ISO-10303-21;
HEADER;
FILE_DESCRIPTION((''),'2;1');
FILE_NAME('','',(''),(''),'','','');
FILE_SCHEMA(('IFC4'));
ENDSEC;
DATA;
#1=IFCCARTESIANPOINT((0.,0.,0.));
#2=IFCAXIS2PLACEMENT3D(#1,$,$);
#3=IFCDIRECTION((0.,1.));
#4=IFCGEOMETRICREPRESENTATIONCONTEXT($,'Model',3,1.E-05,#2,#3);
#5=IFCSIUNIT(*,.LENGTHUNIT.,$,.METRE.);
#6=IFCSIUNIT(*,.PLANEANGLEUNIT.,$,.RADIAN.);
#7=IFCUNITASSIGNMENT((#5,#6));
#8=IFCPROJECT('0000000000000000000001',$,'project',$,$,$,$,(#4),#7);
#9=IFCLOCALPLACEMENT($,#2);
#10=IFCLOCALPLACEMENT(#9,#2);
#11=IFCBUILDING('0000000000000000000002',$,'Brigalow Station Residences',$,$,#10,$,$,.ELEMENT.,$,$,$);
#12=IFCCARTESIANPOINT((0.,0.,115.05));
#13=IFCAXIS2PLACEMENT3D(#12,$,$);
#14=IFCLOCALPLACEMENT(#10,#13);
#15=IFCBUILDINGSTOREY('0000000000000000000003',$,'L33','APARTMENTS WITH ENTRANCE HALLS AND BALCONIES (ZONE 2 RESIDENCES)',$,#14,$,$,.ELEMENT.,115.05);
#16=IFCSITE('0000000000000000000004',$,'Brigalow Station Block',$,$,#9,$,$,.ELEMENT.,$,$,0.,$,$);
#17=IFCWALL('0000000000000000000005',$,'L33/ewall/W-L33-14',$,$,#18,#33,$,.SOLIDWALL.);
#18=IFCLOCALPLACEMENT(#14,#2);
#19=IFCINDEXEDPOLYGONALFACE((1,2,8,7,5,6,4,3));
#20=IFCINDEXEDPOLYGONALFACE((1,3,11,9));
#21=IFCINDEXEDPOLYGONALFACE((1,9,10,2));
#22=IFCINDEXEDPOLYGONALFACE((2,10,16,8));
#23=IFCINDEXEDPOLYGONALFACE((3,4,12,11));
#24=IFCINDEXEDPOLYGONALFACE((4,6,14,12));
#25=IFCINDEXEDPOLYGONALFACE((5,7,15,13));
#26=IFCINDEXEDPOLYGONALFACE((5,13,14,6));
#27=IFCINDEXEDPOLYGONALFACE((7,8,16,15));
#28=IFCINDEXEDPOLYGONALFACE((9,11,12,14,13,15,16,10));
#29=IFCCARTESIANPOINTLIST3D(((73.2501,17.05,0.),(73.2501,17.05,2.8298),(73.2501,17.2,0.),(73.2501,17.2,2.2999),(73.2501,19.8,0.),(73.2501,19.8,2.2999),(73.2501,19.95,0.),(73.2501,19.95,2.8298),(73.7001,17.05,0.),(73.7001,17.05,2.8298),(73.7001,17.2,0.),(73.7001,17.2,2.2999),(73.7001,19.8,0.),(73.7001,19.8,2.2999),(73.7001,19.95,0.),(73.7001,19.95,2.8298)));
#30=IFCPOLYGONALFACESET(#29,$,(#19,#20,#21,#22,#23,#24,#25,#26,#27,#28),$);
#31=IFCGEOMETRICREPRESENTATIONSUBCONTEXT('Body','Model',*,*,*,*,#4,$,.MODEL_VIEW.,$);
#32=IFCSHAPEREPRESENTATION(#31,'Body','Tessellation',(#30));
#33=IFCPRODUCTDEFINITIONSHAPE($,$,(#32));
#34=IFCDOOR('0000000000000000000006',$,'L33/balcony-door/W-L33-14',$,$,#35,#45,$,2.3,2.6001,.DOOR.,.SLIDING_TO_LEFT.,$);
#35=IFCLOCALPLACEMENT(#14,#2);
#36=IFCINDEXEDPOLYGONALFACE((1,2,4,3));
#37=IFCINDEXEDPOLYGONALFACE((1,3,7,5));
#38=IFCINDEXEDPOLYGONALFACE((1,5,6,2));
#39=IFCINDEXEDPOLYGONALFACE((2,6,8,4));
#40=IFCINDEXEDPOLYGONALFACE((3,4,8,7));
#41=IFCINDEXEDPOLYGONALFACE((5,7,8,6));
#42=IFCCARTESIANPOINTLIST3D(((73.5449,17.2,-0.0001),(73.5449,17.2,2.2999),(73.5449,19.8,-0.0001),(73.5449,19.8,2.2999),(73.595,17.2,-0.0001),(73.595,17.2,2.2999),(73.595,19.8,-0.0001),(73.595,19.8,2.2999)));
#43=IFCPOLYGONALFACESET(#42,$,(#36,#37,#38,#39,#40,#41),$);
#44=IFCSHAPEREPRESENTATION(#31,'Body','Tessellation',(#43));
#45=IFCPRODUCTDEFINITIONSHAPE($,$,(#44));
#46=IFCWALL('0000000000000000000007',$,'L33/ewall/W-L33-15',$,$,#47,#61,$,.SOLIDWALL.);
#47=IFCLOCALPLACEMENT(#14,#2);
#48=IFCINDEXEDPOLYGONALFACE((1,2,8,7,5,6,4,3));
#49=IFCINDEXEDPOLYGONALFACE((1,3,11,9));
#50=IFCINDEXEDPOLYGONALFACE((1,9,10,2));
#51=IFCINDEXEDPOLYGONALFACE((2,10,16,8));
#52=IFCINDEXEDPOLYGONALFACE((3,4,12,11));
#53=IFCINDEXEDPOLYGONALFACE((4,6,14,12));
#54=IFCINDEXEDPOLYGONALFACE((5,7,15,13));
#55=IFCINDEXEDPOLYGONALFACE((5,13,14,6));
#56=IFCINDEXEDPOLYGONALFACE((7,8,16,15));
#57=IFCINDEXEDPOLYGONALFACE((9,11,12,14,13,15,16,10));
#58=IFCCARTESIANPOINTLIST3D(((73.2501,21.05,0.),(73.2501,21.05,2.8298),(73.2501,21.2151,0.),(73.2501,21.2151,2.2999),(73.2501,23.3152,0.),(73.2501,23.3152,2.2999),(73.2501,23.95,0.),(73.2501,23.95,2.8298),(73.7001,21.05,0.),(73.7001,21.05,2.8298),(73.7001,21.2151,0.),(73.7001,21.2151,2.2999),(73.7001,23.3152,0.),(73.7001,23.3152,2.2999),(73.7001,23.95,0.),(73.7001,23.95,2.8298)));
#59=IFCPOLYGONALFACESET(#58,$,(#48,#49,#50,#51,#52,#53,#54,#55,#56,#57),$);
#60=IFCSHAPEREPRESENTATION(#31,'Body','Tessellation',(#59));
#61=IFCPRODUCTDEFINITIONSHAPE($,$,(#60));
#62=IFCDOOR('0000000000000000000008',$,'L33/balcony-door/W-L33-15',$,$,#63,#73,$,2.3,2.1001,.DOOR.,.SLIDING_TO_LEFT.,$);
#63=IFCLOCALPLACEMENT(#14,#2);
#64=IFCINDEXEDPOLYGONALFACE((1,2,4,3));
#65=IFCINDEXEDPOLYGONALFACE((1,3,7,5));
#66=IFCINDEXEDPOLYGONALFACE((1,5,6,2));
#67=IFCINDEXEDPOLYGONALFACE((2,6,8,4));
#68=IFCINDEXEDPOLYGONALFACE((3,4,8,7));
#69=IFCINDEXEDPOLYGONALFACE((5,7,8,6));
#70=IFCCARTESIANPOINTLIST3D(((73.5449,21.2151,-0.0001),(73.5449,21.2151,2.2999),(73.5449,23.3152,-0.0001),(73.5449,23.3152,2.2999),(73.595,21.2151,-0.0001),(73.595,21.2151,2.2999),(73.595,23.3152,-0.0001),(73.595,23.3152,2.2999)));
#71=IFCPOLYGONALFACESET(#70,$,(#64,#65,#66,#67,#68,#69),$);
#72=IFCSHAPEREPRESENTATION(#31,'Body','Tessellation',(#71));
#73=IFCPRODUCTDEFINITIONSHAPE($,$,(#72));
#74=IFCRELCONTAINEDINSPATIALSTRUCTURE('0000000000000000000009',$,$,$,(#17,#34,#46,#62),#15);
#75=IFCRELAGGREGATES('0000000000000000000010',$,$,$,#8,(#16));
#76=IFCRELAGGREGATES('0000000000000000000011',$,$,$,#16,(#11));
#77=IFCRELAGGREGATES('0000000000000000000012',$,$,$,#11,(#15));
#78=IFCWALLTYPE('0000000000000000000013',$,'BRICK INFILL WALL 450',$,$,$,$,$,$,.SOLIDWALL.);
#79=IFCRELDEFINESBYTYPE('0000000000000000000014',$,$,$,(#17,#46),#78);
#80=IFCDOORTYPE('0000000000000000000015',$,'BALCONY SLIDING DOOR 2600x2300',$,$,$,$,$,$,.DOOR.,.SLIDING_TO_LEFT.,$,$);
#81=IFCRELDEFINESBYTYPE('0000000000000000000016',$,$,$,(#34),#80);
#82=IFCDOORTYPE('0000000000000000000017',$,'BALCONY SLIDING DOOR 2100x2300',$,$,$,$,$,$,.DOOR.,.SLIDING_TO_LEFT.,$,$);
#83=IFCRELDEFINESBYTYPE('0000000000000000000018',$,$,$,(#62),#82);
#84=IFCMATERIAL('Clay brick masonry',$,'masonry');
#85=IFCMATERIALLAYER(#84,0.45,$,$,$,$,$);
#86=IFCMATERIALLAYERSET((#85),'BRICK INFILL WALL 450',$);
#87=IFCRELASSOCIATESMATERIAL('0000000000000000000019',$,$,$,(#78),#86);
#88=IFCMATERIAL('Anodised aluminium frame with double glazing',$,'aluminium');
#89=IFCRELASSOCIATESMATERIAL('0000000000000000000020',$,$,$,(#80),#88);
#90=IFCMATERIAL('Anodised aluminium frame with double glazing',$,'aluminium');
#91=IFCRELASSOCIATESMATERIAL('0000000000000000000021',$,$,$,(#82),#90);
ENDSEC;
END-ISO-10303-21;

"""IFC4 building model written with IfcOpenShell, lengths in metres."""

from ifc_helpers import new_model, si_unit, direction, frame, frame_2d, origin, place, context, subcontext, project, spatial, rectangle, extrude, material, layer, layer_set, type_object, element, fill, save


model = new_model("IFC4")

# Units and contexts
model_context = context("Model", 3, precision=1e-05, world=origin(), true_north=direction((0.0, 1.0)))
body_context = subcontext(model_context, "Body", "Model", "MODEL_VIEW")
ifc_project = project(units=[si_unit("LENGTHUNIT", "METRE"), si_unit("PLANEANGLEUNIT", "RADIAN")], contexts=[model_context])

# Site, building, storey
site_placement = place(None, origin())
site = spatial("IfcSite", under=ifc_project, at=site_placement, Name="Brigalow Station Block", CompositionType="ELEMENT", RefElevation=0.0)
building_placement = place(site_placement, origin())
building = spatial("IfcBuilding", under=site, at=building_placement, Name="Brigalow Station Residences", CompositionType="ELEMENT")
storey_placement = place(building_placement, frame((0.0, 0.0, 115.05)))
storey = spatial("IfcBuildingStorey", under=building, at=storey_placement, Name="L33", Description="APARTMENTS WITH ENTRANCE HALLS AND BALCONIES (ZONE 2 RESIDENCES)", CompositionType="ELEMENT", Elevation=115.05)

# Shared definitions
ifc_material_1 = material(Name="Clay brick masonry", Category="masonry")
ifc_layer = layer(ifc_material_1, 0.45)
ifc_layer_set = layer_set([ifc_layer], Name="BRICK INFILL WALL 450")
wall_type = type_object("IfcWallType", Name="BRICK INFILL WALL 450", PredefinedType="SOLIDWALL", material=ifc_layer_set)

# Walls, openings, doors
wall_1_placement = place(storey_placement, frame((73.4751, 17.05, 0.0), z_axis=(0.0, 0.0, 1.0), x_axis=(0.0, 1.0, 0.0)))
wall_1 = element("IfcWall", 1, at=wall_1_placement, inside=storey, type_object=wall_type, Name="L33/ewall/W-L33-14", PredefinedType="SOLIDWALL", context=body_context, shape_type="SweptSolid", body=[
    extrude(rectangle(XDim=2.8999, YDim=0.45, at=frame_2d((1.45, 0.0))), origin(), (0.0, 0.0, 1.0), 2.8298),
])
opening_1_placement = place(wall_1_placement, frame((0.1499, 0.0, 0.0)))
opening_1 = element("IfcOpeningElement", 2, at=opening_1_placement, cuts=wall_1, PredefinedType="OPENING", context=body_context, shape_type="SweptSolid", body=[
    extrude(rectangle(XDim=2.6001, YDim=2.3, at=frame_2d((1.3, 1.1499))), frame((0.0, 0.2349, 0.0), z_axis=(0.0, -1.0, 0.0), x_axis=(1.0, 0.0, 0.0)), (0.0, 0.0, 1.0), 0.47),
])
ifc_material_2 = material(Name="Anodised aluminium frame with double glazing", Category="aluminium")
door_type_1 = type_object("IfcDoorType", Name="BALCONY SLIDING DOOR 2600x2300", OperationType="SLIDING_TO_LEFT", PredefinedType="DOOR", material=ifc_material_2)
door_1_placement = place(opening_1_placement, origin())
door_1 = element("IfcDoor", 3, at=door_1_placement, inside=storey, type_object=door_type_1, Name="L33/balcony-door/W-L33-14", OperationType="SLIDING_TO_LEFT", OverallHeight=2.3, OverallWidth=2.6001, PredefinedType="DOOR", context=body_context, shape_type="SweptSolid", body=[
    extrude(rectangle(XDim=2.6001, YDim=2.3, at=frame_2d((1.3, 1.1499))), frame((0.0, -0.0698, 0.0), z_axis=(0.0, -1.0, 0.0), x_axis=(1.0, 0.0, 0.0)), (0.0, 0.0, 1.0), 0.05),
])
fill(opening_1, door_1)
wall_2_placement = place(storey_placement, frame((73.4751, 21.05, 0.0), z_axis=(0.0, 0.0, 1.0), x_axis=(0.0, 1.0, 0.0)))
wall_2 = element("IfcWall", 4, at=wall_2_placement, inside=storey, type_object=wall_type, Name="L33/ewall/W-L33-15", PredefinedType="SOLIDWALL", context=body_context, shape_type="SweptSolid", body=[
    extrude(rectangle(XDim=2.8999, YDim=0.45, at=frame_2d((1.45, 0.0))), origin(), (0.0, 0.0, 1.0), 2.8298),
])
opening_2_placement = place(wall_2_placement, frame((0.165, 0.0, 0.0)))
opening_2 = element("IfcOpeningElement", 5, at=opening_2_placement, cuts=wall_2, PredefinedType="OPENING", context=body_context, shape_type="SweptSolid", body=[
    extrude(rectangle(XDim=2.1001, YDim=2.3, at=frame_2d((1.05, 1.1499))), frame((0.0, 0.2349, 0.0), z_axis=(0.0, -1.0, 0.0), x_axis=(1.0, 0.0, 0.0)), (0.0, 0.0, 1.0), 0.47),
])
ifc_material_3 = material(Name="Anodised aluminium frame with double glazing", Category="aluminium")
door_type_2 = type_object("IfcDoorType", Name="BALCONY SLIDING DOOR 2100x2300", OperationType="SLIDING_TO_LEFT", PredefinedType="DOOR", material=ifc_material_3)
door_2_placement = place(opening_2_placement, origin())
door_2 = element("IfcDoor", 6, at=door_2_placement, inside=storey, type_object=door_type_2, Name="L33/balcony-door/W-L33-15", OperationType="SLIDING_TO_LEFT", OverallHeight=2.3, OverallWidth=2.1001, PredefinedType="DOOR", context=body_context, shape_type="SweptSolid", body=[
    extrude(rectangle(XDim=2.1001, YDim=2.3, at=frame_2d((1.05, 1.1499))), frame((0.0, -0.0698, 0.0), z_axis=(0.0, -1.0, 0.0), x_axis=(1.0, 0.0, 0.0)), (0.0, 0.0, 1.0), 0.05),
])
fill(opening_2, door_2)

save(model, "model.ifc")
